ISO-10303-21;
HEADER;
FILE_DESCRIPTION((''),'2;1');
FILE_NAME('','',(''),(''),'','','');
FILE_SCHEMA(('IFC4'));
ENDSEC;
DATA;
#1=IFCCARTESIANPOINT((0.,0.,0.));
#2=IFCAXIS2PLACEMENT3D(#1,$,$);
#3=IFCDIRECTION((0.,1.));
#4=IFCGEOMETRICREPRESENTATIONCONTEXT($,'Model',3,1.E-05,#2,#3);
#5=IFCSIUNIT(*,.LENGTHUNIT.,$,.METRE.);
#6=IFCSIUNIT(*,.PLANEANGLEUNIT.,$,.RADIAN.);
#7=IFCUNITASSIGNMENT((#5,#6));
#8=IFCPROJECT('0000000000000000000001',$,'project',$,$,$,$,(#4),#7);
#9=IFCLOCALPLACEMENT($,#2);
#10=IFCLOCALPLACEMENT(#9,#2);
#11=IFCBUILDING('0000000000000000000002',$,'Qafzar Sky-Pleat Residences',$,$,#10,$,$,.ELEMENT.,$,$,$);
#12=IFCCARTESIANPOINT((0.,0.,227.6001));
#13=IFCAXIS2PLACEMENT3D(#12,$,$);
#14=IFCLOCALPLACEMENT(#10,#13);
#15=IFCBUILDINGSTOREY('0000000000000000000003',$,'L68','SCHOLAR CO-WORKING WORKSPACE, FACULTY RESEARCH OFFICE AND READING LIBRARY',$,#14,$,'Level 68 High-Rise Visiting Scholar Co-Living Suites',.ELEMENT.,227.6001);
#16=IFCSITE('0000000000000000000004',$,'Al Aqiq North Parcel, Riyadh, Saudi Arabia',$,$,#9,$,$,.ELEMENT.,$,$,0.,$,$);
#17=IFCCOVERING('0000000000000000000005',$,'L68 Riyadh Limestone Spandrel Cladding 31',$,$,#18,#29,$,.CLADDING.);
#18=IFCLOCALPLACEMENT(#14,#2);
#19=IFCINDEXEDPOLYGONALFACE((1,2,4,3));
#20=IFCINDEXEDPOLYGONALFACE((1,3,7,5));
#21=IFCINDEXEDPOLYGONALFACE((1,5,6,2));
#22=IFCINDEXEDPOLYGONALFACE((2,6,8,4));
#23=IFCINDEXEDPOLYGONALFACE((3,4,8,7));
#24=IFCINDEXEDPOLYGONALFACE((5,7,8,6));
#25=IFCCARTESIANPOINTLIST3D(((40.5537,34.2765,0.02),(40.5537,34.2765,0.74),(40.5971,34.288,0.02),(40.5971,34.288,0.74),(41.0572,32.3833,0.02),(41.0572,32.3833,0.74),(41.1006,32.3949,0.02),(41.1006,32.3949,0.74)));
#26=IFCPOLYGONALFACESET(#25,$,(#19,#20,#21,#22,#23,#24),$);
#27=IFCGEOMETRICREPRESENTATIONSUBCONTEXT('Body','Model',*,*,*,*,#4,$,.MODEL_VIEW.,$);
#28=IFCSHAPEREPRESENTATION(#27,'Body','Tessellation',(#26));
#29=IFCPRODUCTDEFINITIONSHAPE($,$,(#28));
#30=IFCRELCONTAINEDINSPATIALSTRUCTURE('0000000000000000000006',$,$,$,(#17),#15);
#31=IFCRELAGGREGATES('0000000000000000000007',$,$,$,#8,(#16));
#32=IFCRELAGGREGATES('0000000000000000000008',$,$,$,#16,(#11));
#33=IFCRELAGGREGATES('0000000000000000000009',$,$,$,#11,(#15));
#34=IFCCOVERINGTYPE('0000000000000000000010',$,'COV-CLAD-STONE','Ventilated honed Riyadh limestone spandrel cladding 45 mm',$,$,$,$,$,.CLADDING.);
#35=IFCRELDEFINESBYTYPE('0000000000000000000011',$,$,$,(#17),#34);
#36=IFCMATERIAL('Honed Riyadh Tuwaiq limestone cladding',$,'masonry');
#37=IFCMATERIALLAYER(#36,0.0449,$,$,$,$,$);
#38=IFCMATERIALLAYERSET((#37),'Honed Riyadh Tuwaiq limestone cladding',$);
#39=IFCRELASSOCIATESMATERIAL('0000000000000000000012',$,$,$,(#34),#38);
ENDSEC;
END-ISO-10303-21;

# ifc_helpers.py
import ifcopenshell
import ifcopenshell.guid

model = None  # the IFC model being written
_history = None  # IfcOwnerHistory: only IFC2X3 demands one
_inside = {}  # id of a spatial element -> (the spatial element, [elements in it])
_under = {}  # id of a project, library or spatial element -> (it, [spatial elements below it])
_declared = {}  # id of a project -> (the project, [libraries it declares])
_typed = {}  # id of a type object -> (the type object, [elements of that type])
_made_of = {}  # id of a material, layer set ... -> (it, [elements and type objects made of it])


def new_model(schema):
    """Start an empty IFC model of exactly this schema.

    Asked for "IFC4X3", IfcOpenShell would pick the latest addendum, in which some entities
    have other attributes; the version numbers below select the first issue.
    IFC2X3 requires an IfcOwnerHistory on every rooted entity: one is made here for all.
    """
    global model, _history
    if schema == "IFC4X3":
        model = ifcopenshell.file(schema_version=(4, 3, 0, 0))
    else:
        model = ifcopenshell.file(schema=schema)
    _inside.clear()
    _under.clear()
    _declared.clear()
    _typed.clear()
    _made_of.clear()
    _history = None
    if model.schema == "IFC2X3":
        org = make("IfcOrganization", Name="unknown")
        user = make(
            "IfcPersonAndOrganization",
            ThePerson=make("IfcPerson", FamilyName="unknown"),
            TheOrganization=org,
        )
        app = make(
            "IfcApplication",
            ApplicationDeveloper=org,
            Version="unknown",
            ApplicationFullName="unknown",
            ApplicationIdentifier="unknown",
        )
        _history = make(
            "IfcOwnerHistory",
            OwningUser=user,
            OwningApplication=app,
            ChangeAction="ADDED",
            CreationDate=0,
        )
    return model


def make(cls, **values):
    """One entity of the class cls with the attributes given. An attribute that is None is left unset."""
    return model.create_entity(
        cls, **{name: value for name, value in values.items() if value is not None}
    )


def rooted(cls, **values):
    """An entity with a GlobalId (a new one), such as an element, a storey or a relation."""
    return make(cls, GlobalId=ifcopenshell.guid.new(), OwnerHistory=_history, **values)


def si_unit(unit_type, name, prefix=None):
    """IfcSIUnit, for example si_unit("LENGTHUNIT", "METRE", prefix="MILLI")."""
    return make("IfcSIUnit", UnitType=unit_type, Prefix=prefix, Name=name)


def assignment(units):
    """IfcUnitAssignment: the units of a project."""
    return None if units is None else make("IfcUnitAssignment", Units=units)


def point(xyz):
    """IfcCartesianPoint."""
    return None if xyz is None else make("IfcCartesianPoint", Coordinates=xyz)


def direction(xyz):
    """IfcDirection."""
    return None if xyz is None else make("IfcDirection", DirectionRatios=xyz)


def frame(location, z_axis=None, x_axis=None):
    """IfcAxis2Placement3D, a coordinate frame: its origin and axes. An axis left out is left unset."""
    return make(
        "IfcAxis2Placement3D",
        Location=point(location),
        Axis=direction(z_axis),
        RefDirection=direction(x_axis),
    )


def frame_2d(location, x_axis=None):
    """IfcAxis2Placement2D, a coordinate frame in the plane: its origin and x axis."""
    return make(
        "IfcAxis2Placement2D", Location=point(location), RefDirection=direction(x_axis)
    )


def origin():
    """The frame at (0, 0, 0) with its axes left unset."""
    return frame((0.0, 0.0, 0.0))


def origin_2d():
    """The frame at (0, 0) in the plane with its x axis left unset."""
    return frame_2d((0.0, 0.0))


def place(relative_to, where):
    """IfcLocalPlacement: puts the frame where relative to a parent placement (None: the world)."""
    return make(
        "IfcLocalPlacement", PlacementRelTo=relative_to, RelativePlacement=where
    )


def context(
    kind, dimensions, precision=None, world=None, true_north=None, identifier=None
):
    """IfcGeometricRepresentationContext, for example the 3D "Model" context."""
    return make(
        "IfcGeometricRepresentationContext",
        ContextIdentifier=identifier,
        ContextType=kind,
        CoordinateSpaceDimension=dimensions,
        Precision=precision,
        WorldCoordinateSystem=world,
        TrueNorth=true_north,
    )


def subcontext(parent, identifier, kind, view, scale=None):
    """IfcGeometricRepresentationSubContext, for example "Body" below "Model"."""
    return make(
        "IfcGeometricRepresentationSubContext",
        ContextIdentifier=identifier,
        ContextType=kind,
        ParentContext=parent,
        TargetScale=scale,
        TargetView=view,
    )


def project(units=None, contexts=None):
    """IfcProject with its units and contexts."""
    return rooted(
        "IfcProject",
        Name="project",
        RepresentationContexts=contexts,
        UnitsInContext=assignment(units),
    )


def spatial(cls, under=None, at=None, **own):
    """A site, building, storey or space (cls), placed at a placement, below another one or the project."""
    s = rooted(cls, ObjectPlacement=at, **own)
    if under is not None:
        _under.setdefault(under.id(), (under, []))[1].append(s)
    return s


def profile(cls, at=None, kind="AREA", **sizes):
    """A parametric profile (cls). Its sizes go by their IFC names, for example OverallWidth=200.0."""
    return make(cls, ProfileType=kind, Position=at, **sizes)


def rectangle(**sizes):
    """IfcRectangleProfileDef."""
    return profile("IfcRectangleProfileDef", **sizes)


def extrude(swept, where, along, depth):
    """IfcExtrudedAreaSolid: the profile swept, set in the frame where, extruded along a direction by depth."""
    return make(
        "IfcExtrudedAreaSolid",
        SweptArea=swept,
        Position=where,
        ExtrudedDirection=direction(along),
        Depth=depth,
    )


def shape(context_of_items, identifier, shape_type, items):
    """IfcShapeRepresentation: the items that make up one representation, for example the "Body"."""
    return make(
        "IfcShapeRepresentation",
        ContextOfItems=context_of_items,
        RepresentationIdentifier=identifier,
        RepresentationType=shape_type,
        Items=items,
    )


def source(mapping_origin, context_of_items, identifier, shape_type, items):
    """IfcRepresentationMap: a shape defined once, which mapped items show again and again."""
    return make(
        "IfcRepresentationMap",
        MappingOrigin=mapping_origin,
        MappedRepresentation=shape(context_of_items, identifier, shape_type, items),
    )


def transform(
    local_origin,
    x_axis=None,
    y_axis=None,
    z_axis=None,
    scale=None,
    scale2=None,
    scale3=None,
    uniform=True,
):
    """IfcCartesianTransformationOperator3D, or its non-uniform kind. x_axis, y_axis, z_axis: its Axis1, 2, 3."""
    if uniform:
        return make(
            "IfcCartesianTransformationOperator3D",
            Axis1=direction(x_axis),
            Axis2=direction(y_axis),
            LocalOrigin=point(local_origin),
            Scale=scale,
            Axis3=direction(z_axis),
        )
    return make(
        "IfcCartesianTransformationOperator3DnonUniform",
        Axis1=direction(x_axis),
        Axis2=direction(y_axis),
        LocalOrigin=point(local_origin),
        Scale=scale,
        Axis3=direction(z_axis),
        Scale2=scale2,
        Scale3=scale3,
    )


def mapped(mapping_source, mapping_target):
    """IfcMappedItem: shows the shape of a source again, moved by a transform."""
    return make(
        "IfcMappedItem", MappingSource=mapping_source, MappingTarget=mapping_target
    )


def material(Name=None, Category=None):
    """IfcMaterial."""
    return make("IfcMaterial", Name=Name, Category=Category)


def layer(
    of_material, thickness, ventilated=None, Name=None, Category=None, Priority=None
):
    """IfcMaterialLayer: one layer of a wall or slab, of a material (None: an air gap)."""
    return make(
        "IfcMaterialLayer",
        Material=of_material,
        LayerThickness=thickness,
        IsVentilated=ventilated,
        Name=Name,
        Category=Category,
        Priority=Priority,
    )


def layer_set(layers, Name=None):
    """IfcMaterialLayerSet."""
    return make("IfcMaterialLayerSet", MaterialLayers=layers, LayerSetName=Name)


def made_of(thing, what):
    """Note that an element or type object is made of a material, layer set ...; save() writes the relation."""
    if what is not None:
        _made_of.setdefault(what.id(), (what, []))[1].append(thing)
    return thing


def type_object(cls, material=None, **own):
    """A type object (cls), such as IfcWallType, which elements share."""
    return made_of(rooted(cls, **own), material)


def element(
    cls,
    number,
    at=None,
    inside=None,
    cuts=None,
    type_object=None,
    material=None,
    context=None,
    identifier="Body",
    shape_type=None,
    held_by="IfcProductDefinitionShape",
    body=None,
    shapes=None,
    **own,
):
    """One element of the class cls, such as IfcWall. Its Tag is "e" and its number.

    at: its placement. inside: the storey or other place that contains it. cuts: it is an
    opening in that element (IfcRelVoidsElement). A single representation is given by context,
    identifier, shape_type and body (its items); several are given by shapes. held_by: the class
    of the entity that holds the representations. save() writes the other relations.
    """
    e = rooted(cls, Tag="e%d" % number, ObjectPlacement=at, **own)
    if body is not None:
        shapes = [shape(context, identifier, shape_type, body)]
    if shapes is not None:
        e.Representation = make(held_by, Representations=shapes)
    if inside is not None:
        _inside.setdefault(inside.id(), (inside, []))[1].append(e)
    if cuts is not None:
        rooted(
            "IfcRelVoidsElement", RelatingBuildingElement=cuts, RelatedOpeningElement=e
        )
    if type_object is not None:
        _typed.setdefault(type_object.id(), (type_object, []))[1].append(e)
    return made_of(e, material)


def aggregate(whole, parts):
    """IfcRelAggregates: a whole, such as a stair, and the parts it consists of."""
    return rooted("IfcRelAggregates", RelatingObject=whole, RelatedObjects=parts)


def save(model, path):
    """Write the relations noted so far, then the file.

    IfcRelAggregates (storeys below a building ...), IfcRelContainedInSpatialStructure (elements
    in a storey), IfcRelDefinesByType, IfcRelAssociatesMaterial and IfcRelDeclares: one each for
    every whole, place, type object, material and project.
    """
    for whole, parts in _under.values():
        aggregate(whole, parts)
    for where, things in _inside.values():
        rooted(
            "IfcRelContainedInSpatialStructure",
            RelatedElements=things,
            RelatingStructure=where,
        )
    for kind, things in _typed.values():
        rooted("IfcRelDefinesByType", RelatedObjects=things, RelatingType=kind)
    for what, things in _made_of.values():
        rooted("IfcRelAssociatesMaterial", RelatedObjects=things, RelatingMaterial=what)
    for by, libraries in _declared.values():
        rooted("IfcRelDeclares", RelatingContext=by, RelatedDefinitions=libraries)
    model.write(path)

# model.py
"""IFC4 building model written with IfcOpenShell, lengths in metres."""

from ifc_helpers import new_model, si_unit, direction, frame, origin, origin_2d, place, context, subcontext, project, spatial, rectangle, extrude, source, transform, mapped, material, layer, layer_set, type_object, element, save


model = new_model("IFC4")

# Units and contexts
model_context = context("Model", 3, precision=1e-05, world=origin(), true_north=direction((0.0, 1.0)))
body_context = subcontext(model_context, "Body", "Model", "MODEL_VIEW")
ifc_project = project(units=[si_unit("LENGTHUNIT", "METRE"), si_unit("PLANEANGLEUNIT", "RADIAN")], contexts=[model_context])

# Site, building, storey
site_placement = place(None, origin())
site = spatial("IfcSite", under=ifc_project, at=site_placement, Name="Al Aqiq North Parcel, Riyadh, Saudi Arabia", CompositionType="ELEMENT", RefElevation=0.0)
building_placement = place(site_placement, origin())
building = spatial("IfcBuilding", under=site, at=building_placement, Name="Qafzar Sky-Pleat Residences", CompositionType="ELEMENT")
storey_placement = place(building_placement, frame((0.0, 0.0, 227.6001)))
storey = spatial("IfcBuildingStorey", under=building, at=storey_placement, Name="L68", Description="SCHOLAR CO-WORKING WORKSPACE, FACULTY RESEARCH OFFICE AND READING LIBRARY", LongName="Level 68 High-Rise Visiting Scholar Co-Living Suites", CompositionType="ELEMENT", Elevation=227.6001)

# Covering
ifc_material_1 = material(Name="Honed Riyadh Tuwaiq limestone cladding", Category="masonry")
ifc_layer_1 = layer(ifc_material_1, 0.0449)
ifc_layer_set_1 = layer_set([ifc_layer_1], Name="Honed Riyadh Tuwaiq limestone cladding")
covering_type = type_object("IfcCoveringType", Name="COV-CLAD-STONE", Description="Ventilated honed Riyadh limestone spandrel cladding 45 mm", PredefinedType="CLADDING", material=ifc_layer_set_1)
shared_shape_1 = source(origin(), body_context, "Body", "SweptSolid", [
    extrude(rectangle(XDim=1.959, YDim=0.0449, at=origin_2d()), origin(), (0.0, 0.0, 1.0), 0.72),
])
covering_1_placement = place(storey_placement, frame((40.8271, 33.3357, 0.02), z_axis=(0.0, 0.0, 1.0), x_axis=(-0.257036, 0.966402, 0.0)))
element("IfcCovering", 1, at=covering_1_placement, inside=storey, type_object=covering_type, Name="L68 Riyadh Limestone Spandrel Cladding 31", PredefinedType="CLADDING", context=body_context, shape_type="MappedRepresentation", body=[
    mapped(shared_shape_1, transform((0.0, 0.0, 0.0), x_axis=(1.0, 0.0, 0.0), y_axis=(0.0, 1.0, 0.0), z_axis=(0.0, 0.0, 1.0), scale=1.0)),
])

save(model, "model.ifc")
